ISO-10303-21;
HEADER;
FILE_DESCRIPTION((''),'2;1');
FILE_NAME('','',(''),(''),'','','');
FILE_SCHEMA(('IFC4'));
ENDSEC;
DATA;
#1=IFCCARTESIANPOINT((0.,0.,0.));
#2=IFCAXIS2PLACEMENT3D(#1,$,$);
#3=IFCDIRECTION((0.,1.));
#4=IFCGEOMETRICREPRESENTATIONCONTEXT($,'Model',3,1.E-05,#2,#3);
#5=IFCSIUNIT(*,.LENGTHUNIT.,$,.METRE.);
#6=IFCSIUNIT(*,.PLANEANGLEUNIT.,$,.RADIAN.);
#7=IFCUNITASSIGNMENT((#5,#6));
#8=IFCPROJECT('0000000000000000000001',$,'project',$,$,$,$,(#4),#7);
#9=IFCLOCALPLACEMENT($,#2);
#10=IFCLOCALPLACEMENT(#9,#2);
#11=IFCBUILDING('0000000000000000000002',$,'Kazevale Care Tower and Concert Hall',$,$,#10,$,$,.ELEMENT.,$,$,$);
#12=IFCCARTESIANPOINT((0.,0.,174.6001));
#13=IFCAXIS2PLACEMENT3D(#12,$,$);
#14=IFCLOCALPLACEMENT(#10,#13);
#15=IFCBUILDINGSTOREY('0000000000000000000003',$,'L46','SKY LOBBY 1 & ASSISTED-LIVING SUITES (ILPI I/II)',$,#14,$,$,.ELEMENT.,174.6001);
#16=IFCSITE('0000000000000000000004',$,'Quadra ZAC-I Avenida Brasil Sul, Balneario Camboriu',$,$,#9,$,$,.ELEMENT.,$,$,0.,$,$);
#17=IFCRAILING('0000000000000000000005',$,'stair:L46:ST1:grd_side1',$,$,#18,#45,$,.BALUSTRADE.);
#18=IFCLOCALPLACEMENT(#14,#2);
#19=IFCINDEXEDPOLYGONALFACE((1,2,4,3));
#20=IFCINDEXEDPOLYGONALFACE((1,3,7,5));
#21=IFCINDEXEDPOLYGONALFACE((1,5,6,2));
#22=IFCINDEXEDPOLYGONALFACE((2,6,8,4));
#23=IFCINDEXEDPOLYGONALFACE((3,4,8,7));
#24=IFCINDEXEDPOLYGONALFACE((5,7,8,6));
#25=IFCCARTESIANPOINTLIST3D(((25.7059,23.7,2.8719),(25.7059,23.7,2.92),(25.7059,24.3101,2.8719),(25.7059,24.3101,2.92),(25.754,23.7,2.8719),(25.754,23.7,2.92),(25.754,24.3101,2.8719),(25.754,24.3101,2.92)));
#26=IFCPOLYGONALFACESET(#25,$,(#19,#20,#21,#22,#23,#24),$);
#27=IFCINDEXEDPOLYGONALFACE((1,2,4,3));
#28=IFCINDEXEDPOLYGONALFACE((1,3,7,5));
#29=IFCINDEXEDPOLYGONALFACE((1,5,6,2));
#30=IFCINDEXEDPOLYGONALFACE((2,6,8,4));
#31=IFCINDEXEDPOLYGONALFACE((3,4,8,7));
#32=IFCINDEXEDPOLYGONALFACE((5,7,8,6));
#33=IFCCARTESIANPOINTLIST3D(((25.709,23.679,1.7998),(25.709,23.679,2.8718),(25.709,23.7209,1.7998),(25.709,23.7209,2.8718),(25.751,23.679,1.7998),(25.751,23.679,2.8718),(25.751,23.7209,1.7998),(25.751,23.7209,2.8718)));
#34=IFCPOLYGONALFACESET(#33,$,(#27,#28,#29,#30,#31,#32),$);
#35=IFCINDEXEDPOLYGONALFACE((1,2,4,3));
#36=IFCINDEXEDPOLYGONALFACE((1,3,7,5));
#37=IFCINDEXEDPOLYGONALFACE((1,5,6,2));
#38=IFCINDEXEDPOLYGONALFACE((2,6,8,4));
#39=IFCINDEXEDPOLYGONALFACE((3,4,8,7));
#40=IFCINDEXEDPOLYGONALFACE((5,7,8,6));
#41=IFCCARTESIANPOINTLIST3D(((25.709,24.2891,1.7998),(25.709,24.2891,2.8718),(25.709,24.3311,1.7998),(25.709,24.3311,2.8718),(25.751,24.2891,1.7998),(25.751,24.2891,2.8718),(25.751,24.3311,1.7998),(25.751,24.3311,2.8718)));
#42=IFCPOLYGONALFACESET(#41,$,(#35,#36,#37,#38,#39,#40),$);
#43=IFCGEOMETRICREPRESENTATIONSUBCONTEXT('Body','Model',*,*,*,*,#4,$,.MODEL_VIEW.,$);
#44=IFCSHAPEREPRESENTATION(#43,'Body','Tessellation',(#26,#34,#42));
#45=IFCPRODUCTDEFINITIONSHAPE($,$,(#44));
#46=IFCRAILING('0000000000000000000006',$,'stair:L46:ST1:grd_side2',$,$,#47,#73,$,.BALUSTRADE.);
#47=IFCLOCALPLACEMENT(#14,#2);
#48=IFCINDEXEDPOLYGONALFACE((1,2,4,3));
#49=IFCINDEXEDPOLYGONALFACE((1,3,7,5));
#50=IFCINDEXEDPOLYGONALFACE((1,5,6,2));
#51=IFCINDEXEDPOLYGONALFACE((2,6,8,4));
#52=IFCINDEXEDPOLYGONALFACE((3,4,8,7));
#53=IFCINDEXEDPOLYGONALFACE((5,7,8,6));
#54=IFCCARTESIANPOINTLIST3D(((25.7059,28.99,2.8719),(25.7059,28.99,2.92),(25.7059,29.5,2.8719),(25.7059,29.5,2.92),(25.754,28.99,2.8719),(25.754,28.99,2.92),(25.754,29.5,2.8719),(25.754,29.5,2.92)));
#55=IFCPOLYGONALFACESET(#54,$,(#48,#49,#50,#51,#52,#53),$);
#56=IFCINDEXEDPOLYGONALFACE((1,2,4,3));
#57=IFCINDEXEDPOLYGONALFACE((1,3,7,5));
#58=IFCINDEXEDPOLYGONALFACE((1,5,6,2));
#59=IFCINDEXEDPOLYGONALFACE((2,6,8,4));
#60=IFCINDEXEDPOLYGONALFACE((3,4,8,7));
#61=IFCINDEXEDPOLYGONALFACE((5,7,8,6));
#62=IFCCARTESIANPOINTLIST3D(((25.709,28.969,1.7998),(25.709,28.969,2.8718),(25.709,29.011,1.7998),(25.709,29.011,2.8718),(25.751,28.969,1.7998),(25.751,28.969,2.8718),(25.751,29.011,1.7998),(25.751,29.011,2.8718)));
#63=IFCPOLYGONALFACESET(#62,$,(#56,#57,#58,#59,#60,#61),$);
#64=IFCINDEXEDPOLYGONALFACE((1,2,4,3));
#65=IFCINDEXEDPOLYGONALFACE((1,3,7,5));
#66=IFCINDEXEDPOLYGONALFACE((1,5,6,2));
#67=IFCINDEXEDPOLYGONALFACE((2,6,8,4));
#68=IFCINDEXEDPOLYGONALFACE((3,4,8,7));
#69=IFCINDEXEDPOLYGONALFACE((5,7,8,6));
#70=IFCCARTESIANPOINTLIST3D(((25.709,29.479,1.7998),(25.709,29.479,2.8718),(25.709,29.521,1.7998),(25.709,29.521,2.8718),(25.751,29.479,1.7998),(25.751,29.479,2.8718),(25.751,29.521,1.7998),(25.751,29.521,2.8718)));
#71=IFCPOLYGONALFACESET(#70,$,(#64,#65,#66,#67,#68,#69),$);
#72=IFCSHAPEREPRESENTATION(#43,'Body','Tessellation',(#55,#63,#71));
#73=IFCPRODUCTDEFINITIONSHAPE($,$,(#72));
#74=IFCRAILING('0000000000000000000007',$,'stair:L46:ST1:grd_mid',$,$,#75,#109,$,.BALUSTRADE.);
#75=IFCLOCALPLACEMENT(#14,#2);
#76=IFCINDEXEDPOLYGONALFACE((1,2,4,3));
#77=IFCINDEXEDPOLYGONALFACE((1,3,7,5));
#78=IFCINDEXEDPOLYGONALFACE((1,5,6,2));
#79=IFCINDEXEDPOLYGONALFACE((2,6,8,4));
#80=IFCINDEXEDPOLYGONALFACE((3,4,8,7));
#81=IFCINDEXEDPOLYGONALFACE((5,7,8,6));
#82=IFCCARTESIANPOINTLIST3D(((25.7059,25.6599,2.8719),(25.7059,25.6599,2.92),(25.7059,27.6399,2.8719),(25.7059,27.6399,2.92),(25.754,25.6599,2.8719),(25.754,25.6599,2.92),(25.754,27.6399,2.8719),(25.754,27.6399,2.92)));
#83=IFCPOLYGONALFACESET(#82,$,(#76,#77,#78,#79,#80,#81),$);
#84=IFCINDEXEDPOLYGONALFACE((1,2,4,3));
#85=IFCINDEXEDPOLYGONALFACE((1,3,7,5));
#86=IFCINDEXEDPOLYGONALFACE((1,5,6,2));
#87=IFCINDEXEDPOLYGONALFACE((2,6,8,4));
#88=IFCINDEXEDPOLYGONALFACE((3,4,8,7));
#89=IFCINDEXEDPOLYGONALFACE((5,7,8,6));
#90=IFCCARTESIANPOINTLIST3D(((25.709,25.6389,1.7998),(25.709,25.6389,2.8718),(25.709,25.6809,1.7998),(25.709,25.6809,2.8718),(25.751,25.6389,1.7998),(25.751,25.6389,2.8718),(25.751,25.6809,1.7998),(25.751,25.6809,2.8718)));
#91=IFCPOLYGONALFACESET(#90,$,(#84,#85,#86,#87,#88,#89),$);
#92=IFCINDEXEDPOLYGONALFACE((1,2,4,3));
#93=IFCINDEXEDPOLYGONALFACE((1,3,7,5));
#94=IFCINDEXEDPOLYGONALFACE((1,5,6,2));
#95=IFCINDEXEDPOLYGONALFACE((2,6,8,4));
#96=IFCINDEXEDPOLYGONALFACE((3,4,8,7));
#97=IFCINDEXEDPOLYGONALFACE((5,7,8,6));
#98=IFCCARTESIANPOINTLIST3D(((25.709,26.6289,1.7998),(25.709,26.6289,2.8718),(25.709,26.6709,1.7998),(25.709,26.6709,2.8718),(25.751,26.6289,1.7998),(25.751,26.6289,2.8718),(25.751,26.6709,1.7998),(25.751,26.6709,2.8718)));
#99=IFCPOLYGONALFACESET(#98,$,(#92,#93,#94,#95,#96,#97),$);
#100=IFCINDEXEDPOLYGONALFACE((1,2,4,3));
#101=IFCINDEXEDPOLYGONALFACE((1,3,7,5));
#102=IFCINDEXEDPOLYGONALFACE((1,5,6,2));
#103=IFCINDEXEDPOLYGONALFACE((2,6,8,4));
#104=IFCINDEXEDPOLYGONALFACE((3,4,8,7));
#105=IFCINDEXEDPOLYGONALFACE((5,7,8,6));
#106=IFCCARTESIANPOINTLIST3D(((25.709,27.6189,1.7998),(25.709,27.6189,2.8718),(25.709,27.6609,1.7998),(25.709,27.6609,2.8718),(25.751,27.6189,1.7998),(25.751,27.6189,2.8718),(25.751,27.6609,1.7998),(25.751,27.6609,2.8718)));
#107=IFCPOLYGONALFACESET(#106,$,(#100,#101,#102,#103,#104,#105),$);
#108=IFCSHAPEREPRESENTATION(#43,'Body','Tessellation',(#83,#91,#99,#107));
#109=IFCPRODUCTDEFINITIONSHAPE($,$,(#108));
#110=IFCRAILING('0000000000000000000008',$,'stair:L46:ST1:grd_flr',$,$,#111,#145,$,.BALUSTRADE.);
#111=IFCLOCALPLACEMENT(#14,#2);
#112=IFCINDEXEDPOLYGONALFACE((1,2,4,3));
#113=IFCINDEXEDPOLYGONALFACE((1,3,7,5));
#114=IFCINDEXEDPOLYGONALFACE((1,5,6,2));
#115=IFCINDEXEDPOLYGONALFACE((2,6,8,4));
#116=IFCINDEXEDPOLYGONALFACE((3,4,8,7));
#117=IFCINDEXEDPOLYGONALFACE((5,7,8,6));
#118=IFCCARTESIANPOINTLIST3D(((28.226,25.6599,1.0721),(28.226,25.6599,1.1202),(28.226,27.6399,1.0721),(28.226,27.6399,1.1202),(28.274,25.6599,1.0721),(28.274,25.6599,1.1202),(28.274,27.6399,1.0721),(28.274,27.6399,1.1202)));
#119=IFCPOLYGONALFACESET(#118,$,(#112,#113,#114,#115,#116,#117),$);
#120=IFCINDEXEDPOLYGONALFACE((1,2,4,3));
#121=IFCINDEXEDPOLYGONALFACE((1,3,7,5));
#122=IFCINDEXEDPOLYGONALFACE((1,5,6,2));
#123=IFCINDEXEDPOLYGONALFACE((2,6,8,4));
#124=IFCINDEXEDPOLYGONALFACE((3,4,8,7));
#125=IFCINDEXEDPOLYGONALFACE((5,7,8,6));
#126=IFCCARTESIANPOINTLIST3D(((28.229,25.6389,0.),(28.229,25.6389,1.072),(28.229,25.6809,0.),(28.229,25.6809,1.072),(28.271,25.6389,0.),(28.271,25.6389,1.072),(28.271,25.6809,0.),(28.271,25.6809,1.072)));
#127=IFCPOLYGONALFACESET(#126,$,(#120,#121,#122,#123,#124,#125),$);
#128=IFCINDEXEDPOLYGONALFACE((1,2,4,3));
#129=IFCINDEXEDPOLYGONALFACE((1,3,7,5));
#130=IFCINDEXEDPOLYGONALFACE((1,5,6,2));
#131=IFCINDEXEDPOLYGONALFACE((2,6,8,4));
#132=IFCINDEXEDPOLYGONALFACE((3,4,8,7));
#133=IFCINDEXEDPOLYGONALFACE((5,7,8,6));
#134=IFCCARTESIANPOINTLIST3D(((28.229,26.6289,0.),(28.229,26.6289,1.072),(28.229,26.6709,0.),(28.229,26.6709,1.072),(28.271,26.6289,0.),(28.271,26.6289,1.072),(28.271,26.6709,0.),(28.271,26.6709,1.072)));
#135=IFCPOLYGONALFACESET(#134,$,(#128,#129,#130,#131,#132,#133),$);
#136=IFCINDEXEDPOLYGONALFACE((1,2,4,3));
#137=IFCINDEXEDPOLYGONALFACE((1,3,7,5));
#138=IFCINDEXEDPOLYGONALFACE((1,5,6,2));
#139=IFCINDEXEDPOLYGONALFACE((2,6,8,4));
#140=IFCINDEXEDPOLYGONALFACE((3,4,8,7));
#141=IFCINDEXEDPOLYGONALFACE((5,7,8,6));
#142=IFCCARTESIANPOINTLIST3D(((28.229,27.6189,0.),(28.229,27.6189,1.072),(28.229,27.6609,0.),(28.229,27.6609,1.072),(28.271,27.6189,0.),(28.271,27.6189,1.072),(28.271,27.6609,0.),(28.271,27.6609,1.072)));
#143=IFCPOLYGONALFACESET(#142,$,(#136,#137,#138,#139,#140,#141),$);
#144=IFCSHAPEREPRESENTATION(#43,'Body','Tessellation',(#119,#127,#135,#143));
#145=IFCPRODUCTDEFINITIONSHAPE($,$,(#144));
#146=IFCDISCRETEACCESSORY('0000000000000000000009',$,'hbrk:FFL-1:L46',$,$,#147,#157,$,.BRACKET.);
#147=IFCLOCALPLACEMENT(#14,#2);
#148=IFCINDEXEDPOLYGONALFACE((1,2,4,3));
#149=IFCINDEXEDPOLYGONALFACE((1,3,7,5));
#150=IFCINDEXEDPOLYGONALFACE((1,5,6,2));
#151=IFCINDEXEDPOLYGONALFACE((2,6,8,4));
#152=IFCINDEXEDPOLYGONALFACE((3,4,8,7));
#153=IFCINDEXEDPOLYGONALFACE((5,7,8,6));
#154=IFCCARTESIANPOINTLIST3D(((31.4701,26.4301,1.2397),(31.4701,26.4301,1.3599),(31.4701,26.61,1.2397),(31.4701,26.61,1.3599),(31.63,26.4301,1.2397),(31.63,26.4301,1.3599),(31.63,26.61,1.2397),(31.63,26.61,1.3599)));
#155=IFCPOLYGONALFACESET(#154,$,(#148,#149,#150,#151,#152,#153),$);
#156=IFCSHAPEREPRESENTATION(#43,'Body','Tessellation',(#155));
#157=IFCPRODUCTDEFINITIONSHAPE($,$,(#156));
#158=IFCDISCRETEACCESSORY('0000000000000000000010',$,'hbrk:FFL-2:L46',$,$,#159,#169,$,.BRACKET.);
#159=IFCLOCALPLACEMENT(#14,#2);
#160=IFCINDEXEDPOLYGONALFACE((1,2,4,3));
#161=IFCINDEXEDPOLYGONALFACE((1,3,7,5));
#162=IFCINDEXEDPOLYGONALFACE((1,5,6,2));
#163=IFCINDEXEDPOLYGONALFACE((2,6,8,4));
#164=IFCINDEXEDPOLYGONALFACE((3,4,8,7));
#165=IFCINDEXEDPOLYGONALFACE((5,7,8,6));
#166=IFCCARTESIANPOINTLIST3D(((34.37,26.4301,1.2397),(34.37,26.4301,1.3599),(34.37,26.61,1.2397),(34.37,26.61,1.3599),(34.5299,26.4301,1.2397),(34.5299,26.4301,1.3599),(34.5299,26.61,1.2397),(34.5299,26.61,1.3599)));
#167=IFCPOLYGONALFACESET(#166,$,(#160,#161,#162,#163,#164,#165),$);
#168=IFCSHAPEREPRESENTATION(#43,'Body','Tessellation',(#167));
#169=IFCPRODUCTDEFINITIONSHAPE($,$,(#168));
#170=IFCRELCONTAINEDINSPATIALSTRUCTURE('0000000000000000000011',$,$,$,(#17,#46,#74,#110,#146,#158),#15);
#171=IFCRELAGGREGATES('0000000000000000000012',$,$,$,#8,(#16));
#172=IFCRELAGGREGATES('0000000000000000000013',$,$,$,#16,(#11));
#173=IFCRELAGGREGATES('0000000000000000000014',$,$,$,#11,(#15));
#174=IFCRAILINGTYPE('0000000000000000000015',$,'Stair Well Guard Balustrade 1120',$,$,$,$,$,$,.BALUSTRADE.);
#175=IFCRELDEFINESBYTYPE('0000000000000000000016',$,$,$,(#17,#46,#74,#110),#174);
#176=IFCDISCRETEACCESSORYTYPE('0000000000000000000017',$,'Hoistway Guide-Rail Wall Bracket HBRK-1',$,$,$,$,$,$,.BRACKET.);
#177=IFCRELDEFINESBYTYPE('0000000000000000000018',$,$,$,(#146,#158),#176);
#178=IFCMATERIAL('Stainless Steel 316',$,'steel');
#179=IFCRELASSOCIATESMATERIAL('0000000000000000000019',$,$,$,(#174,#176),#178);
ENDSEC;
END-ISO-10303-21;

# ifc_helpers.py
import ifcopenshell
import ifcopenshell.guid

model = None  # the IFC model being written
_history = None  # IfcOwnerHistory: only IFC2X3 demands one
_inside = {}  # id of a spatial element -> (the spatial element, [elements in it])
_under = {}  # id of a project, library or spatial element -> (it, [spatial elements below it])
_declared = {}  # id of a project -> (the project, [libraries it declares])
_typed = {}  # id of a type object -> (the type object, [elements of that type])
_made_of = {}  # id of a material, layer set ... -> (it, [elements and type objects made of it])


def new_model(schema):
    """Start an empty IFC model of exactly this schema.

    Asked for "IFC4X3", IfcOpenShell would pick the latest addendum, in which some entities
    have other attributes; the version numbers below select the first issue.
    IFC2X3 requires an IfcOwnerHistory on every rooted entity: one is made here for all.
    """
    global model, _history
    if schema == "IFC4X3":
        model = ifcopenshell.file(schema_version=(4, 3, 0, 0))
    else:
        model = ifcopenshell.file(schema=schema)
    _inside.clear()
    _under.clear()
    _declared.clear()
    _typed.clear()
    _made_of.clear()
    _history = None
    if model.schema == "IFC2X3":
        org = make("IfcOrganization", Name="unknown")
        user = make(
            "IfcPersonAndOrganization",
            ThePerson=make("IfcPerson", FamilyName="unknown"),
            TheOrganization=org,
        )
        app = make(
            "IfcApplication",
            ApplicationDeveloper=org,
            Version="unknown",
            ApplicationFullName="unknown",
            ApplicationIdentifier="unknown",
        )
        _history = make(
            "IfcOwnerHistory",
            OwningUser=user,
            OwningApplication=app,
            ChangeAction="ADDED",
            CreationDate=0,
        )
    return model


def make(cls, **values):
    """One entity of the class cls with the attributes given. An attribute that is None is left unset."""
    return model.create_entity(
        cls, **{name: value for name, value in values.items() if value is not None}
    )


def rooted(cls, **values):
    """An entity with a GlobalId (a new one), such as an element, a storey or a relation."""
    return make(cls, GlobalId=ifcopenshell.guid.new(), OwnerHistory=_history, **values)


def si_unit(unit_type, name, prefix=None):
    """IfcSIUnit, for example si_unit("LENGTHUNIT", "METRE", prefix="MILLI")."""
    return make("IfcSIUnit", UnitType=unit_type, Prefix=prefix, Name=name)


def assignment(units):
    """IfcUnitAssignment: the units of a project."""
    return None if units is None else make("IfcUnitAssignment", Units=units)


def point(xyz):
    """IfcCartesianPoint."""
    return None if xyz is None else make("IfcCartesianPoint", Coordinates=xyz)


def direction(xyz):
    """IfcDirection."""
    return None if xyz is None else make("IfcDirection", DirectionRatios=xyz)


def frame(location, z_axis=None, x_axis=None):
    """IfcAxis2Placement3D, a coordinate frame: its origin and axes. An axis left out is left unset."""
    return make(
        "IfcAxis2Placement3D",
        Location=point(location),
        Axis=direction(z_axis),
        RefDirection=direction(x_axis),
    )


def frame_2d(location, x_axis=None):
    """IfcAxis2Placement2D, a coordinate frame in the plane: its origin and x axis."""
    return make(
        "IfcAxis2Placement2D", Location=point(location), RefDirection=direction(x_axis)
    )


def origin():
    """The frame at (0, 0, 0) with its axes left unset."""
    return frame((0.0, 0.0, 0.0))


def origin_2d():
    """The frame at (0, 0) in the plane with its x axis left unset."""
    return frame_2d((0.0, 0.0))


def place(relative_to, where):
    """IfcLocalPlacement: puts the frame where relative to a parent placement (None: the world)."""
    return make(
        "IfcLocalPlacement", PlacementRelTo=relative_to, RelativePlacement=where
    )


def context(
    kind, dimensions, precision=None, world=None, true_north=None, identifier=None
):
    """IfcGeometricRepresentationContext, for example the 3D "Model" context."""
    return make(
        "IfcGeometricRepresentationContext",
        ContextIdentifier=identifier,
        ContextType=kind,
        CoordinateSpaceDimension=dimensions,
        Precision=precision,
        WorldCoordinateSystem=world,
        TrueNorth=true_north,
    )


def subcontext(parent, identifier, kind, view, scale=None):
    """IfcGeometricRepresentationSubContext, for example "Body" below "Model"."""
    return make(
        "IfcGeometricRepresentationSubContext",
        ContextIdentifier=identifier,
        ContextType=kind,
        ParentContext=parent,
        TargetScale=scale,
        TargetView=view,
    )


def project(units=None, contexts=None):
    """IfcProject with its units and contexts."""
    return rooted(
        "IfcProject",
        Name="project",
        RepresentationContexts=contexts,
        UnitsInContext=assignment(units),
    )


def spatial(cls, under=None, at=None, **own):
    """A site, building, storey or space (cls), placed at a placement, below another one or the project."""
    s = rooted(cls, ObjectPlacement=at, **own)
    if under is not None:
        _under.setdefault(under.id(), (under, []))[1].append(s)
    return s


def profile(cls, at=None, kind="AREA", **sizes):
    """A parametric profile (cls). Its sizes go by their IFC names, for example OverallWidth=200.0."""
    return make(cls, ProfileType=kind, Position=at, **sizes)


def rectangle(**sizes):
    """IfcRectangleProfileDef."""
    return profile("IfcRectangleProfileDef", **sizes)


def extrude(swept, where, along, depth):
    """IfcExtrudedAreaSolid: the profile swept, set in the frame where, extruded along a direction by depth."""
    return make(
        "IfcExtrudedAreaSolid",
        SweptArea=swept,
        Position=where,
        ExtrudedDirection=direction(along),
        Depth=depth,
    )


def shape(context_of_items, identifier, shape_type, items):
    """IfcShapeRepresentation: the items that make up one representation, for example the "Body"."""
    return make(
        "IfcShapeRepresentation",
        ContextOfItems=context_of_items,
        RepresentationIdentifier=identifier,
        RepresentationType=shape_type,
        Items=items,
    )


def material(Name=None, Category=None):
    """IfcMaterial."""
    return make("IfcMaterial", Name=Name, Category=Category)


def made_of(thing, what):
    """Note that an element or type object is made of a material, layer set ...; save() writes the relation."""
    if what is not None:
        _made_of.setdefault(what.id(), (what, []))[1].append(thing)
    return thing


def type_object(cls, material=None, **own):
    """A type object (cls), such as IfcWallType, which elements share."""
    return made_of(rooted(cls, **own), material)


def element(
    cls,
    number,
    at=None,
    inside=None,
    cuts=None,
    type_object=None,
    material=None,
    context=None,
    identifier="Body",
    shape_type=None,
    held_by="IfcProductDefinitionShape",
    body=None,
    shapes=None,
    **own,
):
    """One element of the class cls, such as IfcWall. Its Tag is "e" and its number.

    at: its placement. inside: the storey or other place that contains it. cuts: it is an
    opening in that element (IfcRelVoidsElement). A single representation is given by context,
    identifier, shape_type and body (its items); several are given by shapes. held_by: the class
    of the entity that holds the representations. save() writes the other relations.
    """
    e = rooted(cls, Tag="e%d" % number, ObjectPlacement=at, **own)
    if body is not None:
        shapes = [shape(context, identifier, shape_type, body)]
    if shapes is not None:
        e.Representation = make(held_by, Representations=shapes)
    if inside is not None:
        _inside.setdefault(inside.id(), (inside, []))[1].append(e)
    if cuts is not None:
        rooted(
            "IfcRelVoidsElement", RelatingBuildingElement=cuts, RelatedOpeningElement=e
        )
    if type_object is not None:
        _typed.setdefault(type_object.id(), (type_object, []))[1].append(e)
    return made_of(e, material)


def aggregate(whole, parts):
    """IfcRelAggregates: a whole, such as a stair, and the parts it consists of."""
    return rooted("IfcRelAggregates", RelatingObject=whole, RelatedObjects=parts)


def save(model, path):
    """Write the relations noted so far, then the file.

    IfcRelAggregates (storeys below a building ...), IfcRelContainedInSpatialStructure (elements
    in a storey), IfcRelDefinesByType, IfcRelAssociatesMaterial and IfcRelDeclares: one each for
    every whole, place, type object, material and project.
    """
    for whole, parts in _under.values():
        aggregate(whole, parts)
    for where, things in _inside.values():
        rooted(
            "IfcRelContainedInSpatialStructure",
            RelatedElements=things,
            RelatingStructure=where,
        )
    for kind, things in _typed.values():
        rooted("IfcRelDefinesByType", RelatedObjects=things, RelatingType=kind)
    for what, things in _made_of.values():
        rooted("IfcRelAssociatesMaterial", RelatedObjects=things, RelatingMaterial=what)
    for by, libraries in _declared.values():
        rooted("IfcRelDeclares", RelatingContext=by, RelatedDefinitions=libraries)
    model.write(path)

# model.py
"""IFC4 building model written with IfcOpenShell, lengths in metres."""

from ifc_helpers import new_model, si_unit, direction, frame, origin, origin_2d, place, context, subcontext, project, spatial, rectangle, extrude, material, type_object, element, save


model = new_model("IFC4")

# Units and contexts
model_context = context("Model", 3, precision=1e-05, world=origin(), true_north=direction((0.0, 1.0)))
body_context = subcontext(model_context, "Body", "Model", "MODEL_VIEW")
ifc_project = project(units=[si_unit("LENGTHUNIT", "METRE"), si_unit("PLANEANGLEUNIT", "RADIAN")], contexts=[model_context])

# Site, building, storey
site_placement = place(None, origin())
site = spatial("IfcSite", under=ifc_project, at=site_placement, Name="Quadra ZAC-I Avenida Brasil Sul, Balneario Camboriu", CompositionType="ELEMENT", RefElevation=0.0)
building_placement = place(site_placement, origin())
building = spatial("IfcBuilding", under=site, at=building_placement, Name="Kazevale Care Tower and Concert Hall", CompositionType="ELEMENT")
storey_placement = place(building_placement, frame((0.0, 0.0, 174.6001)))
storey = spatial("IfcBuildingStorey", under=building, at=storey_placement, Name="L46", Description="SKY LOBBY 1 & ASSISTED-LIVING SUITES (ILPI I/II)", CompositionType="ELEMENT", Elevation=174.6001)

# Shared definitions
ifc_material_1 = material(Name="Stainless Steel 316", Category="steel")

# Railings
railing_type_1 = type_object("IfcRailingType", Name="Stair Well Guard Balustrade 1120", PredefinedType="BALUSTRADE", material=ifc_material_1)
railing_1_placement = place(storey_placement, frame((25.73, 23.7, 1.7998)))
element("IfcRailing", 1, at=railing_1_placement, inside=storey, type_object=railing_type_1, Name="stair:L46:ST1:grd_side1", PredefinedType="BALUSTRADE", context=body_context, shape_type="SweptSolid", body=[
    extrude(rectangle(XDim=0.0481, YDim=0.0481, at=origin_2d()), frame((0.0, 0.0, 1.0962), z_axis=(0.0, 1.0, 0.0), x_axis=(-1.0, 0.0, 0.0)), (0.0, 0.0, 1.0), 0.6101),
    extrude(rectangle(XDim=0.042, YDim=0.042, at=origin_2d()), origin(), (0.0, 0.0, 1.0), 1.072),
    extrude(rectangle(XDim=0.042, YDim=0.042, at=origin_2d()), frame((0.0, 0.6101, 0.0)), (0.0, 0.0, 1.0), 1.072),
])
railing_2_placement = place(storey_placement, frame((25.73, 28.99, 1.7998)))
element("IfcRailing", 2, at=railing_2_placement, inside=storey, type_object=railing_type_1, Name="stair:L46:ST1:grd_side2", PredefinedType="BALUSTRADE", context=body_context, shape_type="SweptSolid", body=[
    extrude(rectangle(XDim=0.0481, YDim=0.0481, at=origin_2d()), frame((0.0, 0.0, 1.0962), z_axis=(0.0, 1.0, 0.0), x_axis=(-1.0, 0.0, 0.0)), (0.0, 0.0, 1.0), 0.51),
    extrude(rectangle(XDim=0.042, YDim=0.042, at=origin_2d()), origin(), (0.0, 0.0, 1.0), 1.072),
    extrude(rectangle(XDim=0.042, YDim=0.042, at=origin_2d()), frame((0.0, 0.51, 0.0)), (0.0, 0.0, 1.0), 1.072),
])
for number, where, name in (
    (3, (25.73, 25.6599, 1.7998), "stair:L46:ST1:grd_mid"),
    (4, (28.25, 25.6599, 0.0), "stair:L46:ST1:grd_flr"),
):
    element("IfcRailing", number, at=place(storey_placement, frame(where)), inside=storey, type_object=railing_type_1, Name=name, PredefinedType="BALUSTRADE", context=body_context, shape_type="SweptSolid", body=[
        extrude(rectangle(XDim=0.0481, YDim=0.0481, at=origin_2d()), frame((0.0, 0.0, 1.0962), z_axis=(0.0, 1.0, 0.0), x_axis=(-1.0, 0.0, 0.0)), (0.0, 0.0, 1.0), 1.98),
        extrude(rectangle(XDim=0.042, YDim=0.042, at=origin_2d()), origin(), (0.0, 0.0, 1.0), 1.072),
        extrude(rectangle(XDim=0.042, YDim=0.042, at=origin_2d()), frame((0.0, 0.99, 0.0)), (0.0, 0.0, 1.0), 1.072),
        extrude(rectangle(XDim=0.042, YDim=0.042, at=origin_2d()), frame((0.0, 1.98, 0.0)), (0.0, 0.0, 1.0), 1.072),
    ])

# Discrete accessories
discrete_accessory_type = type_object("IfcDiscreteAccessoryType", Name="Hoistway Guide-Rail Wall Bracket HBRK-1", PredefinedType="BRACKET", material=ifc_material_1)
for number, where, z_axis, x_axis, name in (
    (5, (31.55, 26.52, 1.2397), (0.0, 0.0, 1.0), (1.0, 0.0, 0.0), "hbrk:FFL-1:L46"),
    (6, (34.45, 26.52, 1.2397), (0.0, 0.0, 1.0), (1.0, 0.0, 0.0), "hbrk:FFL-2:L46"),
):
    element("IfcDiscreteAccessory", number, at=place(storey_placement, frame(where, z_axis=z_axis, x_axis=x_axis)), inside=storey, type_object=discrete_accessory_type, Name=name, PredefinedType="BRACKET", context=body_context, shape_type="SweptSolid", body=[
        extrude(rectangle(XDim=0.1599, YDim=0.1799, at=origin_2d()), origin(), (0.0, 0.0, 1.0), 0.1201),
    ])

save(model, "model.ifc")
